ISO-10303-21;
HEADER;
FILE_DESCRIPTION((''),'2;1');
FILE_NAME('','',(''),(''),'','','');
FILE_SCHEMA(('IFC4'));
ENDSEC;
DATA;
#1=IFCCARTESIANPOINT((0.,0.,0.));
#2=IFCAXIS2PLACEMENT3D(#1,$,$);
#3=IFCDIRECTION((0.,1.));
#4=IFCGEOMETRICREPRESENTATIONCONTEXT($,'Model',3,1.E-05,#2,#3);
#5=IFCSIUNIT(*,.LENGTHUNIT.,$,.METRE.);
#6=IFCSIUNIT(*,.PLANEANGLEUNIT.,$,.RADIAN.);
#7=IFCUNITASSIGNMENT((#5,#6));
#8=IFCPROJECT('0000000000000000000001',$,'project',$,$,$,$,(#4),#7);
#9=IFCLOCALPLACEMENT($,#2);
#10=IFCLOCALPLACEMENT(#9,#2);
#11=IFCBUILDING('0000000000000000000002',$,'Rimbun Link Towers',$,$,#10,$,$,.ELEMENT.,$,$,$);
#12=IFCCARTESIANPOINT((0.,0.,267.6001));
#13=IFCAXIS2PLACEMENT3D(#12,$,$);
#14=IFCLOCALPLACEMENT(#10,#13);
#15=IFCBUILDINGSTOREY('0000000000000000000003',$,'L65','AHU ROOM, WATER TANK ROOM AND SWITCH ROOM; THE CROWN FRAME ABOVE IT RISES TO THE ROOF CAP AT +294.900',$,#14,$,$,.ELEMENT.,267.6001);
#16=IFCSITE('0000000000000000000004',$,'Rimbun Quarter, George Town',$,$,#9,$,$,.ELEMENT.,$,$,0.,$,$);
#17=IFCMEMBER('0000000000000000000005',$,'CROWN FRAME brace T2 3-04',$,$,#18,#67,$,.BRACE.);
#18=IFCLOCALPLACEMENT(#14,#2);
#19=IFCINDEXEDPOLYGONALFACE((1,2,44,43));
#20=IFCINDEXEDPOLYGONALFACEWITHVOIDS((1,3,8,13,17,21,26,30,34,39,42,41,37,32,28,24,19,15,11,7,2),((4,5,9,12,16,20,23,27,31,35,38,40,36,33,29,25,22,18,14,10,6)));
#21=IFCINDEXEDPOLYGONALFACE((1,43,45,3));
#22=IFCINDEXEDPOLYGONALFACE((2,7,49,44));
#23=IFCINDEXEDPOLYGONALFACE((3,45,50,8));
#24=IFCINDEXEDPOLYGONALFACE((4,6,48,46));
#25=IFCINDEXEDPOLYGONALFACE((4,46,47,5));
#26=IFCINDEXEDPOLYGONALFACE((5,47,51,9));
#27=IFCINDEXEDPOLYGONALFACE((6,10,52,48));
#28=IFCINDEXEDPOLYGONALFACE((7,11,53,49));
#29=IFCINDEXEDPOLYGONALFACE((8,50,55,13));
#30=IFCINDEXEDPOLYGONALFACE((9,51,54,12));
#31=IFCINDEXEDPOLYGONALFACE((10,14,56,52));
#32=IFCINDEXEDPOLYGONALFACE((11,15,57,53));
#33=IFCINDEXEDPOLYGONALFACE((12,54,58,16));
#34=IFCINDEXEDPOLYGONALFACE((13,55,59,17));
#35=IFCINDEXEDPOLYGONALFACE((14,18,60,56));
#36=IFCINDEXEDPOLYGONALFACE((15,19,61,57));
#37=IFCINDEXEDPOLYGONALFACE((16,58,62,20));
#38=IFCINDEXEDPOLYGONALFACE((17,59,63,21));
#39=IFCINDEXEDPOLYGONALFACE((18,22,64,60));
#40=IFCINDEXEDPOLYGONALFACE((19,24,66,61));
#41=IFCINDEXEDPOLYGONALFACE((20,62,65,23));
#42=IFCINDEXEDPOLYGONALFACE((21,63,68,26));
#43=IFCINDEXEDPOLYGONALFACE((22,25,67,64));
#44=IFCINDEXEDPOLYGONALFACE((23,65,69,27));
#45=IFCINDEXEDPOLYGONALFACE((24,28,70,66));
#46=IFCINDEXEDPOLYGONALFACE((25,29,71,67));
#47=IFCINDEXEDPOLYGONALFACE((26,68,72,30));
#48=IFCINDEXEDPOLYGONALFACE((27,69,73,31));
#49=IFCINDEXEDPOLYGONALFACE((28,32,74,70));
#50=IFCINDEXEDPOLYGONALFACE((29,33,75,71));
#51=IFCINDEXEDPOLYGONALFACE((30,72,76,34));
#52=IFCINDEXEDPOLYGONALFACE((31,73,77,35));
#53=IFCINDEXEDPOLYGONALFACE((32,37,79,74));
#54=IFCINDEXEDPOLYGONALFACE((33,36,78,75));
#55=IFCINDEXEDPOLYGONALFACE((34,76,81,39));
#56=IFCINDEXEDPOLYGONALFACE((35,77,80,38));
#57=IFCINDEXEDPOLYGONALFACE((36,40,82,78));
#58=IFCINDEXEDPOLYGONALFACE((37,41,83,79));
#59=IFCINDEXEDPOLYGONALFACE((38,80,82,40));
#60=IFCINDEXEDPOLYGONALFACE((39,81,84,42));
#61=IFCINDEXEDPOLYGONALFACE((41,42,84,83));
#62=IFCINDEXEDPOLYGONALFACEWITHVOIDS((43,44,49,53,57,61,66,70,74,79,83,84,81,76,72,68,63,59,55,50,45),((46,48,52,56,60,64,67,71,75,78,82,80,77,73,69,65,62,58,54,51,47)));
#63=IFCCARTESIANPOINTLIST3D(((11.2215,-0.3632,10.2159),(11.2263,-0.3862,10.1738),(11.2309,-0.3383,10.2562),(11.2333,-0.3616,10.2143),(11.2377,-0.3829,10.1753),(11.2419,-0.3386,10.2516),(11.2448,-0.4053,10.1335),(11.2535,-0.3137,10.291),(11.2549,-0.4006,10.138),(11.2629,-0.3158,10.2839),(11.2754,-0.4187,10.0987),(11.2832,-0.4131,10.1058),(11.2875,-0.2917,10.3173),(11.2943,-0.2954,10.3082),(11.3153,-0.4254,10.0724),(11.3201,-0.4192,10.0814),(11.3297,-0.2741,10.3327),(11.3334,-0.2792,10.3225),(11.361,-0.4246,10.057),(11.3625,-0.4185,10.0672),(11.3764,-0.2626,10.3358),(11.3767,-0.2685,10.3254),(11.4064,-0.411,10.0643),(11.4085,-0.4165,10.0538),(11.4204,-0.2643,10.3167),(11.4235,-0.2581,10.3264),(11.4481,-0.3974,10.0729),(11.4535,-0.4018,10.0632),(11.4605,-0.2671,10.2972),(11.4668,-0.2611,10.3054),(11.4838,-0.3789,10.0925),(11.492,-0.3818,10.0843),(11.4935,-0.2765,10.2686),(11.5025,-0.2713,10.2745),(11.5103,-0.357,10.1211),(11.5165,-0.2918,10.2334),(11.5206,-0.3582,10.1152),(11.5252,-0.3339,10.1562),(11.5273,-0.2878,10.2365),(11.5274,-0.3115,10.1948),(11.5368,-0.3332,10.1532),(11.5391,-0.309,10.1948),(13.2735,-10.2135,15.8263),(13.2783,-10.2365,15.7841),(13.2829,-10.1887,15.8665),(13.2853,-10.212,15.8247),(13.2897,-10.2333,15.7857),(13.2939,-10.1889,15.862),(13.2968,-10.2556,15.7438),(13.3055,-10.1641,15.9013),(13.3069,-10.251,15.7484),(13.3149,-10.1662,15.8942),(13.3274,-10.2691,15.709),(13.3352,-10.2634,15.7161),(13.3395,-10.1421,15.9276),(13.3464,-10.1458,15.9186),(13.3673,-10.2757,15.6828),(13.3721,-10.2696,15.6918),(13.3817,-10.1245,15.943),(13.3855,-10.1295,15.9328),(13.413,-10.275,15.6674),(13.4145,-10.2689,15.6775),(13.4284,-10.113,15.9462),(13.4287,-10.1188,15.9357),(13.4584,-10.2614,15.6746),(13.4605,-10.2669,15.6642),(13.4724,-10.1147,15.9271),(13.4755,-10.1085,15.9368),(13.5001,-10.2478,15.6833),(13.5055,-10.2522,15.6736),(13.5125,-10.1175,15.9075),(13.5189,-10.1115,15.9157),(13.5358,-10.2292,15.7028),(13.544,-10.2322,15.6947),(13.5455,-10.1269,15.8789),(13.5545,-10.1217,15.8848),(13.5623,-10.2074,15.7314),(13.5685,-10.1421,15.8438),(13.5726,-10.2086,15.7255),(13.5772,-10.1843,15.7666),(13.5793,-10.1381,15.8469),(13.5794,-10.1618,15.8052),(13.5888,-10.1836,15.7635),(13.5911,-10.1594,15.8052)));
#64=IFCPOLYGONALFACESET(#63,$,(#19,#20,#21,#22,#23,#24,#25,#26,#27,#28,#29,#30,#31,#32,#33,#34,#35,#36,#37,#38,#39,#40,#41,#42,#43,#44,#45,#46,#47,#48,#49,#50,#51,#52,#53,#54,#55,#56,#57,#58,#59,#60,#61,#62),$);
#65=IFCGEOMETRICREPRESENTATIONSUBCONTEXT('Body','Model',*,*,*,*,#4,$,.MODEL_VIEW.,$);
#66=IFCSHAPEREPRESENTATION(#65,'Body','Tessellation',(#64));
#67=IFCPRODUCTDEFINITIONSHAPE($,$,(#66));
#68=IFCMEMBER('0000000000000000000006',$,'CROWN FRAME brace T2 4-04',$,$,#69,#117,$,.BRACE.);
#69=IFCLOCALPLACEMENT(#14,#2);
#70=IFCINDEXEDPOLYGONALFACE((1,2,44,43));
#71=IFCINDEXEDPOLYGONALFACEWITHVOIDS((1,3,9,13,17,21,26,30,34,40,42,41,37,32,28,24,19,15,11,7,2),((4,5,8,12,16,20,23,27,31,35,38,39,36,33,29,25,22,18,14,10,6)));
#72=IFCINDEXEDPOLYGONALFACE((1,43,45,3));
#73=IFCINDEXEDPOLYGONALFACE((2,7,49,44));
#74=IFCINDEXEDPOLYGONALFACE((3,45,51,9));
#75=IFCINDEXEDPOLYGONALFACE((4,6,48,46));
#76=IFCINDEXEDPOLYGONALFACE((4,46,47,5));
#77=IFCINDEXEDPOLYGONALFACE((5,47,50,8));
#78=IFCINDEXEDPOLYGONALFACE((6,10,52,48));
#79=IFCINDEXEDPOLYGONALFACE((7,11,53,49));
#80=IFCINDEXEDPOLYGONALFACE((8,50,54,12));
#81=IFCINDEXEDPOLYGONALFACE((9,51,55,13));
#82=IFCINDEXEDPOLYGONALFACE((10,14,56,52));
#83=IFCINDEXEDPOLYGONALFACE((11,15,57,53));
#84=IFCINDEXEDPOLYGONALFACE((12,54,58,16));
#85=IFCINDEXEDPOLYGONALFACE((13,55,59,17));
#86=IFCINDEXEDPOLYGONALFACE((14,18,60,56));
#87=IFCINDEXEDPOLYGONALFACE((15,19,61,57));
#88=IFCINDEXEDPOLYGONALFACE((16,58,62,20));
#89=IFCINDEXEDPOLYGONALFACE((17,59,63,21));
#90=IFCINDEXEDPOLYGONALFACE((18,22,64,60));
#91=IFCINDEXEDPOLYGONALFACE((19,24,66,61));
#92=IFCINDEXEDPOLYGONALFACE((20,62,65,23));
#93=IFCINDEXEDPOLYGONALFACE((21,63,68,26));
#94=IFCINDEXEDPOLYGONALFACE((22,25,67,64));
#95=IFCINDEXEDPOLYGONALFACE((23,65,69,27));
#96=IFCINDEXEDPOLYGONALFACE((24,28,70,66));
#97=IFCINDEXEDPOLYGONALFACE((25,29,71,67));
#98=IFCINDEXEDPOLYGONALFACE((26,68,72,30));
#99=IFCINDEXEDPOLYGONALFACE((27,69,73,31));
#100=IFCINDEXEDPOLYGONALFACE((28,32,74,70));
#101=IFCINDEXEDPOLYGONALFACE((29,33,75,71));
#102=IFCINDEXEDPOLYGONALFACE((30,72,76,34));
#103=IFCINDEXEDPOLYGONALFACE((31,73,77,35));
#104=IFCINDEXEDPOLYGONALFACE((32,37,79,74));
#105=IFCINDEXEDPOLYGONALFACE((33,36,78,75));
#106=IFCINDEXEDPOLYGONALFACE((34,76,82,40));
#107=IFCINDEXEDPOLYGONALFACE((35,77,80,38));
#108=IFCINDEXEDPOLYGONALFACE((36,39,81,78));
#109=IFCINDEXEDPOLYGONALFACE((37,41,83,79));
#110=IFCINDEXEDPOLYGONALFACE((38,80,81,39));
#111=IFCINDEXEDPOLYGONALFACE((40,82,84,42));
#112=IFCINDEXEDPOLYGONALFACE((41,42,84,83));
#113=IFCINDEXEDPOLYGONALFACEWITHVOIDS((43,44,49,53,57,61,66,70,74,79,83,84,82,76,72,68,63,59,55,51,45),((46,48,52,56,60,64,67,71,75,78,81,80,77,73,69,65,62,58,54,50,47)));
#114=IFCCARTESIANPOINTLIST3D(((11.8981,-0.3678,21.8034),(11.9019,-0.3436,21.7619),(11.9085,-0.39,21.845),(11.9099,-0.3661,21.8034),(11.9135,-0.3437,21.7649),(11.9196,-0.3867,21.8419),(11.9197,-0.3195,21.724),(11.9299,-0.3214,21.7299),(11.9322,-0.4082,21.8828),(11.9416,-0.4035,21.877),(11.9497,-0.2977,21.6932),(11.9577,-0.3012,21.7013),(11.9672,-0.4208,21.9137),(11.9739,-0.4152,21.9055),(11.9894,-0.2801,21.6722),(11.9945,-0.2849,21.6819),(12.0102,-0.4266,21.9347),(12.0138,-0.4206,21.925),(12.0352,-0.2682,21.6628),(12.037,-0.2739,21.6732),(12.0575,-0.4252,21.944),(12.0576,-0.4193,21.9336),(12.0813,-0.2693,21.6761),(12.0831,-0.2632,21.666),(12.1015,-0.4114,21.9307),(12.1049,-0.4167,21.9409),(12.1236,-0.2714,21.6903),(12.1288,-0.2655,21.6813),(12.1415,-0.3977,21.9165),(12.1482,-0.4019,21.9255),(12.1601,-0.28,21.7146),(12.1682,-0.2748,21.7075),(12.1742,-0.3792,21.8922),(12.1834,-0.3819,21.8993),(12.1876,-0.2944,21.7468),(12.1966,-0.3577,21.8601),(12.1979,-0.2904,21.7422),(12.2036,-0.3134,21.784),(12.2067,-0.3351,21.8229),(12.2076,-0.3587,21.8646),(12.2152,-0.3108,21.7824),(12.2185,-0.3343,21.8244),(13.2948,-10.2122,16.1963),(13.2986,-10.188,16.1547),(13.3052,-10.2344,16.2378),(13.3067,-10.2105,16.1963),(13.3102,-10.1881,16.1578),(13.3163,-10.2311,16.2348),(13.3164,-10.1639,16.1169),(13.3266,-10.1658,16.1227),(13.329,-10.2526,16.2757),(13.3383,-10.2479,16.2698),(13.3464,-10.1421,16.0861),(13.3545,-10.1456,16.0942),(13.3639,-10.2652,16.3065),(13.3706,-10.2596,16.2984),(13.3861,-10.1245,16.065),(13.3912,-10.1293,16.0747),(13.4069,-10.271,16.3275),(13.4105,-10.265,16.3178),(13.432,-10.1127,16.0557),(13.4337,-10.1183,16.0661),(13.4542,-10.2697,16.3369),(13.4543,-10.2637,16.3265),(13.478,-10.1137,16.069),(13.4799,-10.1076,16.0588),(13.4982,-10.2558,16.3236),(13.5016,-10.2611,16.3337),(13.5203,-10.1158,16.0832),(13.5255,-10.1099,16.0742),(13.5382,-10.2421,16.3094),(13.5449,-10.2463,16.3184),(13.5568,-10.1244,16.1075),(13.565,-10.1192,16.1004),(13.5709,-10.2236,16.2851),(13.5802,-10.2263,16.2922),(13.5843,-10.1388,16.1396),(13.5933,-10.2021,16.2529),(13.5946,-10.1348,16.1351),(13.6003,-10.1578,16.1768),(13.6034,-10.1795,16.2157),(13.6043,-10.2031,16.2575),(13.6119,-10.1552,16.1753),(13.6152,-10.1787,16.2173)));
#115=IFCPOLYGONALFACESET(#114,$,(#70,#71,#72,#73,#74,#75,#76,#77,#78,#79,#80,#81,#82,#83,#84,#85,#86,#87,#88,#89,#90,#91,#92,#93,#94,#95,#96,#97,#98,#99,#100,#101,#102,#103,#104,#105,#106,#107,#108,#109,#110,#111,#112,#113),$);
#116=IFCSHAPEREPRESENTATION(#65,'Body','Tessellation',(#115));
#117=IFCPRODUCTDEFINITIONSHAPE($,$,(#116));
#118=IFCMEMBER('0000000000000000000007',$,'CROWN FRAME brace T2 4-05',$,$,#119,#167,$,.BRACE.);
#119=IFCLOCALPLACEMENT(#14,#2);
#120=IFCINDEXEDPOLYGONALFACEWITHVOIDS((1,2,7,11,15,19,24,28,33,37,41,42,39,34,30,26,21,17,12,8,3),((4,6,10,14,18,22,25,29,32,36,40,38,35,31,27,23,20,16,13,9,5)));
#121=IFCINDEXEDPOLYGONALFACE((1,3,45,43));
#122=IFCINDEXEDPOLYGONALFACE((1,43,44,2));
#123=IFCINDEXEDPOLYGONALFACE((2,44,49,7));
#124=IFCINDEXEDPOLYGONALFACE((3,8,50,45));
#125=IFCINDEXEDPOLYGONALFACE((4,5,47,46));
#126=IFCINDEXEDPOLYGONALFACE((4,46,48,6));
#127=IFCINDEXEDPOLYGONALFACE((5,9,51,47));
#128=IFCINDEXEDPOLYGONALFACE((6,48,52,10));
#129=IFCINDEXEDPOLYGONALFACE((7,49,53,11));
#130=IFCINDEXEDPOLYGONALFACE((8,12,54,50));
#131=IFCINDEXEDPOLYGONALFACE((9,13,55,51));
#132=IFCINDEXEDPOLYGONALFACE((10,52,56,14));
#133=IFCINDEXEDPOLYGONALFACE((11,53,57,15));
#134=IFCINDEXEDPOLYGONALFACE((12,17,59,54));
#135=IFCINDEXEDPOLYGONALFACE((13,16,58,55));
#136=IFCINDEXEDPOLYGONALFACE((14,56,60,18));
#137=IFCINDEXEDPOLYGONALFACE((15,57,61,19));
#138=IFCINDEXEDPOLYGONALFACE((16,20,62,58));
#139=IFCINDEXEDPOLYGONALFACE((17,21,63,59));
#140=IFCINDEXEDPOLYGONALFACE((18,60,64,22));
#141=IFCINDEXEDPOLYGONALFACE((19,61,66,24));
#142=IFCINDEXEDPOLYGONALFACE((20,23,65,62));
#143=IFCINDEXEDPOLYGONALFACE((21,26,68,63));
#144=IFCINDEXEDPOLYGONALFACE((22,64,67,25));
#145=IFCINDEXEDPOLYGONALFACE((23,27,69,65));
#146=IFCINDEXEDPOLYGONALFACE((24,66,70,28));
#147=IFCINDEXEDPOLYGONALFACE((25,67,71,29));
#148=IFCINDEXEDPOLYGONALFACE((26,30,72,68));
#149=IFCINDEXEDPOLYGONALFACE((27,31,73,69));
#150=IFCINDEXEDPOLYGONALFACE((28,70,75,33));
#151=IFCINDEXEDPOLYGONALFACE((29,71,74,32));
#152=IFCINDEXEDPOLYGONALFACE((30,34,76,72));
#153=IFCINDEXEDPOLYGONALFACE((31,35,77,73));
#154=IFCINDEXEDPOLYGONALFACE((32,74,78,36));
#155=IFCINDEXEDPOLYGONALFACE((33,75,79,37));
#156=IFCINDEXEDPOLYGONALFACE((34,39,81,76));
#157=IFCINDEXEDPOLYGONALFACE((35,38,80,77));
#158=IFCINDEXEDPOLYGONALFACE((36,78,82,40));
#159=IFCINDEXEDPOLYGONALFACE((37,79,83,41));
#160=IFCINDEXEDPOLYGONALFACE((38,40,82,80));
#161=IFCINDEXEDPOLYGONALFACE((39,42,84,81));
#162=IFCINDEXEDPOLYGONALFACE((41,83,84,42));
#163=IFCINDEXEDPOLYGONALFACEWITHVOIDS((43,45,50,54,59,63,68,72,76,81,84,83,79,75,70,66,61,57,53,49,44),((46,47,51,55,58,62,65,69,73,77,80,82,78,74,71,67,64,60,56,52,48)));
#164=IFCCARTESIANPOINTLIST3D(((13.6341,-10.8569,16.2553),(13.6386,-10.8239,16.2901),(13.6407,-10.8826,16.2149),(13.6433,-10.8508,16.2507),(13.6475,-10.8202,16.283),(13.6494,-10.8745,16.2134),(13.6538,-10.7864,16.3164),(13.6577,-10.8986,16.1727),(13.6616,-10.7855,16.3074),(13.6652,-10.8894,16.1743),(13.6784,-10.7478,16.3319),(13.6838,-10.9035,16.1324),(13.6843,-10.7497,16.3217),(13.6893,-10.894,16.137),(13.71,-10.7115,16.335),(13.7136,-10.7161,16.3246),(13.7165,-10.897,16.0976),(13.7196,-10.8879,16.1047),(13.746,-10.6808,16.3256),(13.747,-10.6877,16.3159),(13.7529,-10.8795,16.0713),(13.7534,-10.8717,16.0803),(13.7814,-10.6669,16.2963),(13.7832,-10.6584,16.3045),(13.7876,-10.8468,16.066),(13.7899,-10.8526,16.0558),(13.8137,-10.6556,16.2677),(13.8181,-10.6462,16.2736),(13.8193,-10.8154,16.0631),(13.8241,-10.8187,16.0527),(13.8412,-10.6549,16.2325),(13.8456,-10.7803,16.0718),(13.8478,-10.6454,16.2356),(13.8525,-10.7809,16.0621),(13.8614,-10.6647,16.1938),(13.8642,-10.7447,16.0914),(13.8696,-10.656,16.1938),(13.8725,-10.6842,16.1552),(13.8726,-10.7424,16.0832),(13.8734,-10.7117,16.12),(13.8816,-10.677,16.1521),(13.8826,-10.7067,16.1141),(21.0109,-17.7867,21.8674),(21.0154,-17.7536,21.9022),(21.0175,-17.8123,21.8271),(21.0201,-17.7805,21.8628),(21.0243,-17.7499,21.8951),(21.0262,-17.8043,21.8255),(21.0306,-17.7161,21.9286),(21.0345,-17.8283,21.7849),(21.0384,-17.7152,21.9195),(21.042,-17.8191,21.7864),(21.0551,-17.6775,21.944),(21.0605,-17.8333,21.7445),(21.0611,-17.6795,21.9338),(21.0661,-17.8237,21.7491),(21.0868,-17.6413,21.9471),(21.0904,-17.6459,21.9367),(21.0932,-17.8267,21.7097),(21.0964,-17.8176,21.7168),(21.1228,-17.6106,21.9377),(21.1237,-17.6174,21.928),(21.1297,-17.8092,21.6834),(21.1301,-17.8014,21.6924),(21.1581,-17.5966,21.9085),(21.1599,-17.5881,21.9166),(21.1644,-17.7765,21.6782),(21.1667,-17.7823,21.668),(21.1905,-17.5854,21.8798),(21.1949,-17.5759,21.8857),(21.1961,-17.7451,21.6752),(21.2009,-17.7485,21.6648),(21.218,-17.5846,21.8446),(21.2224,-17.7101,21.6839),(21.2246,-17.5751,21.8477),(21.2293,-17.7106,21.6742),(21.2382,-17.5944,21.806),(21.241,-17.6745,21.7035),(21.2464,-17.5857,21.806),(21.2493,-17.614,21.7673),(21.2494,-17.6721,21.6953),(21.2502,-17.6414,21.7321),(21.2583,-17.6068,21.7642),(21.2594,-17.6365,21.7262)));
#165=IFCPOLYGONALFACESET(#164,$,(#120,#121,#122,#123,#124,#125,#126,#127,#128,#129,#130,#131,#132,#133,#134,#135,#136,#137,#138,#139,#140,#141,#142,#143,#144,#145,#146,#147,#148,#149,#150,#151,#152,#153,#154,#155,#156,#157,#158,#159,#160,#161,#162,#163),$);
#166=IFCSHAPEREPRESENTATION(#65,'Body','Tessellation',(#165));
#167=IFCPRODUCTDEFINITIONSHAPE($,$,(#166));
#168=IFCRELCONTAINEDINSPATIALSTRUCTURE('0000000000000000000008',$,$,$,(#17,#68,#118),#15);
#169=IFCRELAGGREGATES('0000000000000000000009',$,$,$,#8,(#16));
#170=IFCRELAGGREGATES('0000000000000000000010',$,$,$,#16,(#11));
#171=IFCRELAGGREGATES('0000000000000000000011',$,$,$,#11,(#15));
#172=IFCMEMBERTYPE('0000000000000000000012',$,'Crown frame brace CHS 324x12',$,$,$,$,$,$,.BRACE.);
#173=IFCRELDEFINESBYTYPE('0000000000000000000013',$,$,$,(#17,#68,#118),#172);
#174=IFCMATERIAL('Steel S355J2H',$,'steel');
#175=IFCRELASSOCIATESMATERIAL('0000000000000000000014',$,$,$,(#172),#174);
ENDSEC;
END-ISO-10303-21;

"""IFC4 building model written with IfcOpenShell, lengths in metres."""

from ifc_helpers import new_model, si_unit, direction, frame, origin, origin_2d, place, context, subcontext, project, spatial, hollow_circle, extrude, material, material_profile, profile_set, type_object, element, save


model = new_model("IFC4")

# Units and contexts
model_context = context("Model", 3, precision=1e-05, world=origin(), true_north=direction((0.0, 1.0)))
body_context = subcontext(model_context, "Body", "Model", "MODEL_VIEW")
ifc_project = project(units=[si_unit("LENGTHUNIT", "METRE"), si_unit("PLANEANGLEUNIT", "RADIAN")], contexts=[model_context])

# Site, building, storey
site_placement = place(None, origin())
site = spatial("IfcSite", under=ifc_project, at=site_placement, Name="Rimbun Quarter, George Town", CompositionType="ELEMENT", RefElevation=0.0)
building_placement = place(site_placement, origin())
building = spatial("IfcBuilding", under=site, at=building_placement, Name="Rimbun Link Towers", CompositionType="ELEMENT")
storey_placement = place(building_placement, frame((0.0, 0.0, 267.6001)))
storey = spatial("IfcBuildingStorey", under=building, at=storey_placement, Name="L65", Description="AHU ROOM, WATER TANK ROOM AND SWITCH ROOM; THE CROWN FRAME ABOVE IT RISES TO THE ROOF CAP AT +294.900", CompositionType="ELEMENT", Elevation=267.6001)

# Members
ifc_material_1 = material(Name="Steel S355J2H", Category="steel")
ifc_material_profile_1 = material_profile(ifc_material_1, hollow_circle(Radius=0.1619, WallThickness=0.012, at=origin_2d()), Name="Crown frame brace CHS 324x12")
ifc_profile_set_1 = profile_set([ifc_material_profile_1], Name="Steel S355J2H")
member_type_1 = type_object("IfcMemberType", Name="Crown frame brace CHS 324x12", PredefinedType="BRACE", material=ifc_profile_set_1)
member_1_placement = place(storey_placement, frame((11.3806, -0.342, 10.1948), z_axis=(0.178121, -0.855046, 0.486999), x_axis=(0.978983, 0.20394, 0.0)))
element("IfcMember", 1, at=member_1_placement, inside=storey, type_object=member_type_1, Name="CROWN FRAME brace T2 3-04", PredefinedType="BRACE", context=body_context, shape_type="SweptSolid", body=[
    extrude(hollow_circle(Radius=0.1619, WallThickness=0.012, at=origin_2d()), origin(), (0.0, 0.0, 1.0), 11.5203),
])
member_2_placement = place(storey_placement, frame((13.4551, -10.1895, 16.1963), z_axis=(-0.122358, 0.862407, 0.491206), x_axis=(-0.990085, -0.140473, 0.0)))
element("IfcMember", 2, at=member_2_placement, inside=storey, type_object=member_type_1, Name="CROWN FRAME brace T2 4-04", PredefinedType="BRACE", context=body_context, shape_type="SweptSolid", body=[
    extrude(hollow_circle(Radius=0.1619, WallThickness=0.012, at=origin_2d()), origin(), (0.0, 0.0, 1.0), 11.415),
])
member_3_placement = place(storey_placement, frame((13.7588, -10.7739, 16.1938), z_axis=(0.637413, -0.598787, 0.484932), x_axis=(0.684678, 0.728846, 0.0)))
element("IfcMember", 3, at=member_3_placement, inside=storey, type_object=member_type_1, Name="CROWN FRAME brace T2 4-05", PredefinedType="BRACE", context=body_context, shape_type="SweptSolid", body=[
    extrude(hollow_circle(Radius=0.1619, WallThickness=0.012, at=origin_2d()), origin(), (0.0, 0.0, 1.0), 11.573),
])

save(model, "model.ifc")
